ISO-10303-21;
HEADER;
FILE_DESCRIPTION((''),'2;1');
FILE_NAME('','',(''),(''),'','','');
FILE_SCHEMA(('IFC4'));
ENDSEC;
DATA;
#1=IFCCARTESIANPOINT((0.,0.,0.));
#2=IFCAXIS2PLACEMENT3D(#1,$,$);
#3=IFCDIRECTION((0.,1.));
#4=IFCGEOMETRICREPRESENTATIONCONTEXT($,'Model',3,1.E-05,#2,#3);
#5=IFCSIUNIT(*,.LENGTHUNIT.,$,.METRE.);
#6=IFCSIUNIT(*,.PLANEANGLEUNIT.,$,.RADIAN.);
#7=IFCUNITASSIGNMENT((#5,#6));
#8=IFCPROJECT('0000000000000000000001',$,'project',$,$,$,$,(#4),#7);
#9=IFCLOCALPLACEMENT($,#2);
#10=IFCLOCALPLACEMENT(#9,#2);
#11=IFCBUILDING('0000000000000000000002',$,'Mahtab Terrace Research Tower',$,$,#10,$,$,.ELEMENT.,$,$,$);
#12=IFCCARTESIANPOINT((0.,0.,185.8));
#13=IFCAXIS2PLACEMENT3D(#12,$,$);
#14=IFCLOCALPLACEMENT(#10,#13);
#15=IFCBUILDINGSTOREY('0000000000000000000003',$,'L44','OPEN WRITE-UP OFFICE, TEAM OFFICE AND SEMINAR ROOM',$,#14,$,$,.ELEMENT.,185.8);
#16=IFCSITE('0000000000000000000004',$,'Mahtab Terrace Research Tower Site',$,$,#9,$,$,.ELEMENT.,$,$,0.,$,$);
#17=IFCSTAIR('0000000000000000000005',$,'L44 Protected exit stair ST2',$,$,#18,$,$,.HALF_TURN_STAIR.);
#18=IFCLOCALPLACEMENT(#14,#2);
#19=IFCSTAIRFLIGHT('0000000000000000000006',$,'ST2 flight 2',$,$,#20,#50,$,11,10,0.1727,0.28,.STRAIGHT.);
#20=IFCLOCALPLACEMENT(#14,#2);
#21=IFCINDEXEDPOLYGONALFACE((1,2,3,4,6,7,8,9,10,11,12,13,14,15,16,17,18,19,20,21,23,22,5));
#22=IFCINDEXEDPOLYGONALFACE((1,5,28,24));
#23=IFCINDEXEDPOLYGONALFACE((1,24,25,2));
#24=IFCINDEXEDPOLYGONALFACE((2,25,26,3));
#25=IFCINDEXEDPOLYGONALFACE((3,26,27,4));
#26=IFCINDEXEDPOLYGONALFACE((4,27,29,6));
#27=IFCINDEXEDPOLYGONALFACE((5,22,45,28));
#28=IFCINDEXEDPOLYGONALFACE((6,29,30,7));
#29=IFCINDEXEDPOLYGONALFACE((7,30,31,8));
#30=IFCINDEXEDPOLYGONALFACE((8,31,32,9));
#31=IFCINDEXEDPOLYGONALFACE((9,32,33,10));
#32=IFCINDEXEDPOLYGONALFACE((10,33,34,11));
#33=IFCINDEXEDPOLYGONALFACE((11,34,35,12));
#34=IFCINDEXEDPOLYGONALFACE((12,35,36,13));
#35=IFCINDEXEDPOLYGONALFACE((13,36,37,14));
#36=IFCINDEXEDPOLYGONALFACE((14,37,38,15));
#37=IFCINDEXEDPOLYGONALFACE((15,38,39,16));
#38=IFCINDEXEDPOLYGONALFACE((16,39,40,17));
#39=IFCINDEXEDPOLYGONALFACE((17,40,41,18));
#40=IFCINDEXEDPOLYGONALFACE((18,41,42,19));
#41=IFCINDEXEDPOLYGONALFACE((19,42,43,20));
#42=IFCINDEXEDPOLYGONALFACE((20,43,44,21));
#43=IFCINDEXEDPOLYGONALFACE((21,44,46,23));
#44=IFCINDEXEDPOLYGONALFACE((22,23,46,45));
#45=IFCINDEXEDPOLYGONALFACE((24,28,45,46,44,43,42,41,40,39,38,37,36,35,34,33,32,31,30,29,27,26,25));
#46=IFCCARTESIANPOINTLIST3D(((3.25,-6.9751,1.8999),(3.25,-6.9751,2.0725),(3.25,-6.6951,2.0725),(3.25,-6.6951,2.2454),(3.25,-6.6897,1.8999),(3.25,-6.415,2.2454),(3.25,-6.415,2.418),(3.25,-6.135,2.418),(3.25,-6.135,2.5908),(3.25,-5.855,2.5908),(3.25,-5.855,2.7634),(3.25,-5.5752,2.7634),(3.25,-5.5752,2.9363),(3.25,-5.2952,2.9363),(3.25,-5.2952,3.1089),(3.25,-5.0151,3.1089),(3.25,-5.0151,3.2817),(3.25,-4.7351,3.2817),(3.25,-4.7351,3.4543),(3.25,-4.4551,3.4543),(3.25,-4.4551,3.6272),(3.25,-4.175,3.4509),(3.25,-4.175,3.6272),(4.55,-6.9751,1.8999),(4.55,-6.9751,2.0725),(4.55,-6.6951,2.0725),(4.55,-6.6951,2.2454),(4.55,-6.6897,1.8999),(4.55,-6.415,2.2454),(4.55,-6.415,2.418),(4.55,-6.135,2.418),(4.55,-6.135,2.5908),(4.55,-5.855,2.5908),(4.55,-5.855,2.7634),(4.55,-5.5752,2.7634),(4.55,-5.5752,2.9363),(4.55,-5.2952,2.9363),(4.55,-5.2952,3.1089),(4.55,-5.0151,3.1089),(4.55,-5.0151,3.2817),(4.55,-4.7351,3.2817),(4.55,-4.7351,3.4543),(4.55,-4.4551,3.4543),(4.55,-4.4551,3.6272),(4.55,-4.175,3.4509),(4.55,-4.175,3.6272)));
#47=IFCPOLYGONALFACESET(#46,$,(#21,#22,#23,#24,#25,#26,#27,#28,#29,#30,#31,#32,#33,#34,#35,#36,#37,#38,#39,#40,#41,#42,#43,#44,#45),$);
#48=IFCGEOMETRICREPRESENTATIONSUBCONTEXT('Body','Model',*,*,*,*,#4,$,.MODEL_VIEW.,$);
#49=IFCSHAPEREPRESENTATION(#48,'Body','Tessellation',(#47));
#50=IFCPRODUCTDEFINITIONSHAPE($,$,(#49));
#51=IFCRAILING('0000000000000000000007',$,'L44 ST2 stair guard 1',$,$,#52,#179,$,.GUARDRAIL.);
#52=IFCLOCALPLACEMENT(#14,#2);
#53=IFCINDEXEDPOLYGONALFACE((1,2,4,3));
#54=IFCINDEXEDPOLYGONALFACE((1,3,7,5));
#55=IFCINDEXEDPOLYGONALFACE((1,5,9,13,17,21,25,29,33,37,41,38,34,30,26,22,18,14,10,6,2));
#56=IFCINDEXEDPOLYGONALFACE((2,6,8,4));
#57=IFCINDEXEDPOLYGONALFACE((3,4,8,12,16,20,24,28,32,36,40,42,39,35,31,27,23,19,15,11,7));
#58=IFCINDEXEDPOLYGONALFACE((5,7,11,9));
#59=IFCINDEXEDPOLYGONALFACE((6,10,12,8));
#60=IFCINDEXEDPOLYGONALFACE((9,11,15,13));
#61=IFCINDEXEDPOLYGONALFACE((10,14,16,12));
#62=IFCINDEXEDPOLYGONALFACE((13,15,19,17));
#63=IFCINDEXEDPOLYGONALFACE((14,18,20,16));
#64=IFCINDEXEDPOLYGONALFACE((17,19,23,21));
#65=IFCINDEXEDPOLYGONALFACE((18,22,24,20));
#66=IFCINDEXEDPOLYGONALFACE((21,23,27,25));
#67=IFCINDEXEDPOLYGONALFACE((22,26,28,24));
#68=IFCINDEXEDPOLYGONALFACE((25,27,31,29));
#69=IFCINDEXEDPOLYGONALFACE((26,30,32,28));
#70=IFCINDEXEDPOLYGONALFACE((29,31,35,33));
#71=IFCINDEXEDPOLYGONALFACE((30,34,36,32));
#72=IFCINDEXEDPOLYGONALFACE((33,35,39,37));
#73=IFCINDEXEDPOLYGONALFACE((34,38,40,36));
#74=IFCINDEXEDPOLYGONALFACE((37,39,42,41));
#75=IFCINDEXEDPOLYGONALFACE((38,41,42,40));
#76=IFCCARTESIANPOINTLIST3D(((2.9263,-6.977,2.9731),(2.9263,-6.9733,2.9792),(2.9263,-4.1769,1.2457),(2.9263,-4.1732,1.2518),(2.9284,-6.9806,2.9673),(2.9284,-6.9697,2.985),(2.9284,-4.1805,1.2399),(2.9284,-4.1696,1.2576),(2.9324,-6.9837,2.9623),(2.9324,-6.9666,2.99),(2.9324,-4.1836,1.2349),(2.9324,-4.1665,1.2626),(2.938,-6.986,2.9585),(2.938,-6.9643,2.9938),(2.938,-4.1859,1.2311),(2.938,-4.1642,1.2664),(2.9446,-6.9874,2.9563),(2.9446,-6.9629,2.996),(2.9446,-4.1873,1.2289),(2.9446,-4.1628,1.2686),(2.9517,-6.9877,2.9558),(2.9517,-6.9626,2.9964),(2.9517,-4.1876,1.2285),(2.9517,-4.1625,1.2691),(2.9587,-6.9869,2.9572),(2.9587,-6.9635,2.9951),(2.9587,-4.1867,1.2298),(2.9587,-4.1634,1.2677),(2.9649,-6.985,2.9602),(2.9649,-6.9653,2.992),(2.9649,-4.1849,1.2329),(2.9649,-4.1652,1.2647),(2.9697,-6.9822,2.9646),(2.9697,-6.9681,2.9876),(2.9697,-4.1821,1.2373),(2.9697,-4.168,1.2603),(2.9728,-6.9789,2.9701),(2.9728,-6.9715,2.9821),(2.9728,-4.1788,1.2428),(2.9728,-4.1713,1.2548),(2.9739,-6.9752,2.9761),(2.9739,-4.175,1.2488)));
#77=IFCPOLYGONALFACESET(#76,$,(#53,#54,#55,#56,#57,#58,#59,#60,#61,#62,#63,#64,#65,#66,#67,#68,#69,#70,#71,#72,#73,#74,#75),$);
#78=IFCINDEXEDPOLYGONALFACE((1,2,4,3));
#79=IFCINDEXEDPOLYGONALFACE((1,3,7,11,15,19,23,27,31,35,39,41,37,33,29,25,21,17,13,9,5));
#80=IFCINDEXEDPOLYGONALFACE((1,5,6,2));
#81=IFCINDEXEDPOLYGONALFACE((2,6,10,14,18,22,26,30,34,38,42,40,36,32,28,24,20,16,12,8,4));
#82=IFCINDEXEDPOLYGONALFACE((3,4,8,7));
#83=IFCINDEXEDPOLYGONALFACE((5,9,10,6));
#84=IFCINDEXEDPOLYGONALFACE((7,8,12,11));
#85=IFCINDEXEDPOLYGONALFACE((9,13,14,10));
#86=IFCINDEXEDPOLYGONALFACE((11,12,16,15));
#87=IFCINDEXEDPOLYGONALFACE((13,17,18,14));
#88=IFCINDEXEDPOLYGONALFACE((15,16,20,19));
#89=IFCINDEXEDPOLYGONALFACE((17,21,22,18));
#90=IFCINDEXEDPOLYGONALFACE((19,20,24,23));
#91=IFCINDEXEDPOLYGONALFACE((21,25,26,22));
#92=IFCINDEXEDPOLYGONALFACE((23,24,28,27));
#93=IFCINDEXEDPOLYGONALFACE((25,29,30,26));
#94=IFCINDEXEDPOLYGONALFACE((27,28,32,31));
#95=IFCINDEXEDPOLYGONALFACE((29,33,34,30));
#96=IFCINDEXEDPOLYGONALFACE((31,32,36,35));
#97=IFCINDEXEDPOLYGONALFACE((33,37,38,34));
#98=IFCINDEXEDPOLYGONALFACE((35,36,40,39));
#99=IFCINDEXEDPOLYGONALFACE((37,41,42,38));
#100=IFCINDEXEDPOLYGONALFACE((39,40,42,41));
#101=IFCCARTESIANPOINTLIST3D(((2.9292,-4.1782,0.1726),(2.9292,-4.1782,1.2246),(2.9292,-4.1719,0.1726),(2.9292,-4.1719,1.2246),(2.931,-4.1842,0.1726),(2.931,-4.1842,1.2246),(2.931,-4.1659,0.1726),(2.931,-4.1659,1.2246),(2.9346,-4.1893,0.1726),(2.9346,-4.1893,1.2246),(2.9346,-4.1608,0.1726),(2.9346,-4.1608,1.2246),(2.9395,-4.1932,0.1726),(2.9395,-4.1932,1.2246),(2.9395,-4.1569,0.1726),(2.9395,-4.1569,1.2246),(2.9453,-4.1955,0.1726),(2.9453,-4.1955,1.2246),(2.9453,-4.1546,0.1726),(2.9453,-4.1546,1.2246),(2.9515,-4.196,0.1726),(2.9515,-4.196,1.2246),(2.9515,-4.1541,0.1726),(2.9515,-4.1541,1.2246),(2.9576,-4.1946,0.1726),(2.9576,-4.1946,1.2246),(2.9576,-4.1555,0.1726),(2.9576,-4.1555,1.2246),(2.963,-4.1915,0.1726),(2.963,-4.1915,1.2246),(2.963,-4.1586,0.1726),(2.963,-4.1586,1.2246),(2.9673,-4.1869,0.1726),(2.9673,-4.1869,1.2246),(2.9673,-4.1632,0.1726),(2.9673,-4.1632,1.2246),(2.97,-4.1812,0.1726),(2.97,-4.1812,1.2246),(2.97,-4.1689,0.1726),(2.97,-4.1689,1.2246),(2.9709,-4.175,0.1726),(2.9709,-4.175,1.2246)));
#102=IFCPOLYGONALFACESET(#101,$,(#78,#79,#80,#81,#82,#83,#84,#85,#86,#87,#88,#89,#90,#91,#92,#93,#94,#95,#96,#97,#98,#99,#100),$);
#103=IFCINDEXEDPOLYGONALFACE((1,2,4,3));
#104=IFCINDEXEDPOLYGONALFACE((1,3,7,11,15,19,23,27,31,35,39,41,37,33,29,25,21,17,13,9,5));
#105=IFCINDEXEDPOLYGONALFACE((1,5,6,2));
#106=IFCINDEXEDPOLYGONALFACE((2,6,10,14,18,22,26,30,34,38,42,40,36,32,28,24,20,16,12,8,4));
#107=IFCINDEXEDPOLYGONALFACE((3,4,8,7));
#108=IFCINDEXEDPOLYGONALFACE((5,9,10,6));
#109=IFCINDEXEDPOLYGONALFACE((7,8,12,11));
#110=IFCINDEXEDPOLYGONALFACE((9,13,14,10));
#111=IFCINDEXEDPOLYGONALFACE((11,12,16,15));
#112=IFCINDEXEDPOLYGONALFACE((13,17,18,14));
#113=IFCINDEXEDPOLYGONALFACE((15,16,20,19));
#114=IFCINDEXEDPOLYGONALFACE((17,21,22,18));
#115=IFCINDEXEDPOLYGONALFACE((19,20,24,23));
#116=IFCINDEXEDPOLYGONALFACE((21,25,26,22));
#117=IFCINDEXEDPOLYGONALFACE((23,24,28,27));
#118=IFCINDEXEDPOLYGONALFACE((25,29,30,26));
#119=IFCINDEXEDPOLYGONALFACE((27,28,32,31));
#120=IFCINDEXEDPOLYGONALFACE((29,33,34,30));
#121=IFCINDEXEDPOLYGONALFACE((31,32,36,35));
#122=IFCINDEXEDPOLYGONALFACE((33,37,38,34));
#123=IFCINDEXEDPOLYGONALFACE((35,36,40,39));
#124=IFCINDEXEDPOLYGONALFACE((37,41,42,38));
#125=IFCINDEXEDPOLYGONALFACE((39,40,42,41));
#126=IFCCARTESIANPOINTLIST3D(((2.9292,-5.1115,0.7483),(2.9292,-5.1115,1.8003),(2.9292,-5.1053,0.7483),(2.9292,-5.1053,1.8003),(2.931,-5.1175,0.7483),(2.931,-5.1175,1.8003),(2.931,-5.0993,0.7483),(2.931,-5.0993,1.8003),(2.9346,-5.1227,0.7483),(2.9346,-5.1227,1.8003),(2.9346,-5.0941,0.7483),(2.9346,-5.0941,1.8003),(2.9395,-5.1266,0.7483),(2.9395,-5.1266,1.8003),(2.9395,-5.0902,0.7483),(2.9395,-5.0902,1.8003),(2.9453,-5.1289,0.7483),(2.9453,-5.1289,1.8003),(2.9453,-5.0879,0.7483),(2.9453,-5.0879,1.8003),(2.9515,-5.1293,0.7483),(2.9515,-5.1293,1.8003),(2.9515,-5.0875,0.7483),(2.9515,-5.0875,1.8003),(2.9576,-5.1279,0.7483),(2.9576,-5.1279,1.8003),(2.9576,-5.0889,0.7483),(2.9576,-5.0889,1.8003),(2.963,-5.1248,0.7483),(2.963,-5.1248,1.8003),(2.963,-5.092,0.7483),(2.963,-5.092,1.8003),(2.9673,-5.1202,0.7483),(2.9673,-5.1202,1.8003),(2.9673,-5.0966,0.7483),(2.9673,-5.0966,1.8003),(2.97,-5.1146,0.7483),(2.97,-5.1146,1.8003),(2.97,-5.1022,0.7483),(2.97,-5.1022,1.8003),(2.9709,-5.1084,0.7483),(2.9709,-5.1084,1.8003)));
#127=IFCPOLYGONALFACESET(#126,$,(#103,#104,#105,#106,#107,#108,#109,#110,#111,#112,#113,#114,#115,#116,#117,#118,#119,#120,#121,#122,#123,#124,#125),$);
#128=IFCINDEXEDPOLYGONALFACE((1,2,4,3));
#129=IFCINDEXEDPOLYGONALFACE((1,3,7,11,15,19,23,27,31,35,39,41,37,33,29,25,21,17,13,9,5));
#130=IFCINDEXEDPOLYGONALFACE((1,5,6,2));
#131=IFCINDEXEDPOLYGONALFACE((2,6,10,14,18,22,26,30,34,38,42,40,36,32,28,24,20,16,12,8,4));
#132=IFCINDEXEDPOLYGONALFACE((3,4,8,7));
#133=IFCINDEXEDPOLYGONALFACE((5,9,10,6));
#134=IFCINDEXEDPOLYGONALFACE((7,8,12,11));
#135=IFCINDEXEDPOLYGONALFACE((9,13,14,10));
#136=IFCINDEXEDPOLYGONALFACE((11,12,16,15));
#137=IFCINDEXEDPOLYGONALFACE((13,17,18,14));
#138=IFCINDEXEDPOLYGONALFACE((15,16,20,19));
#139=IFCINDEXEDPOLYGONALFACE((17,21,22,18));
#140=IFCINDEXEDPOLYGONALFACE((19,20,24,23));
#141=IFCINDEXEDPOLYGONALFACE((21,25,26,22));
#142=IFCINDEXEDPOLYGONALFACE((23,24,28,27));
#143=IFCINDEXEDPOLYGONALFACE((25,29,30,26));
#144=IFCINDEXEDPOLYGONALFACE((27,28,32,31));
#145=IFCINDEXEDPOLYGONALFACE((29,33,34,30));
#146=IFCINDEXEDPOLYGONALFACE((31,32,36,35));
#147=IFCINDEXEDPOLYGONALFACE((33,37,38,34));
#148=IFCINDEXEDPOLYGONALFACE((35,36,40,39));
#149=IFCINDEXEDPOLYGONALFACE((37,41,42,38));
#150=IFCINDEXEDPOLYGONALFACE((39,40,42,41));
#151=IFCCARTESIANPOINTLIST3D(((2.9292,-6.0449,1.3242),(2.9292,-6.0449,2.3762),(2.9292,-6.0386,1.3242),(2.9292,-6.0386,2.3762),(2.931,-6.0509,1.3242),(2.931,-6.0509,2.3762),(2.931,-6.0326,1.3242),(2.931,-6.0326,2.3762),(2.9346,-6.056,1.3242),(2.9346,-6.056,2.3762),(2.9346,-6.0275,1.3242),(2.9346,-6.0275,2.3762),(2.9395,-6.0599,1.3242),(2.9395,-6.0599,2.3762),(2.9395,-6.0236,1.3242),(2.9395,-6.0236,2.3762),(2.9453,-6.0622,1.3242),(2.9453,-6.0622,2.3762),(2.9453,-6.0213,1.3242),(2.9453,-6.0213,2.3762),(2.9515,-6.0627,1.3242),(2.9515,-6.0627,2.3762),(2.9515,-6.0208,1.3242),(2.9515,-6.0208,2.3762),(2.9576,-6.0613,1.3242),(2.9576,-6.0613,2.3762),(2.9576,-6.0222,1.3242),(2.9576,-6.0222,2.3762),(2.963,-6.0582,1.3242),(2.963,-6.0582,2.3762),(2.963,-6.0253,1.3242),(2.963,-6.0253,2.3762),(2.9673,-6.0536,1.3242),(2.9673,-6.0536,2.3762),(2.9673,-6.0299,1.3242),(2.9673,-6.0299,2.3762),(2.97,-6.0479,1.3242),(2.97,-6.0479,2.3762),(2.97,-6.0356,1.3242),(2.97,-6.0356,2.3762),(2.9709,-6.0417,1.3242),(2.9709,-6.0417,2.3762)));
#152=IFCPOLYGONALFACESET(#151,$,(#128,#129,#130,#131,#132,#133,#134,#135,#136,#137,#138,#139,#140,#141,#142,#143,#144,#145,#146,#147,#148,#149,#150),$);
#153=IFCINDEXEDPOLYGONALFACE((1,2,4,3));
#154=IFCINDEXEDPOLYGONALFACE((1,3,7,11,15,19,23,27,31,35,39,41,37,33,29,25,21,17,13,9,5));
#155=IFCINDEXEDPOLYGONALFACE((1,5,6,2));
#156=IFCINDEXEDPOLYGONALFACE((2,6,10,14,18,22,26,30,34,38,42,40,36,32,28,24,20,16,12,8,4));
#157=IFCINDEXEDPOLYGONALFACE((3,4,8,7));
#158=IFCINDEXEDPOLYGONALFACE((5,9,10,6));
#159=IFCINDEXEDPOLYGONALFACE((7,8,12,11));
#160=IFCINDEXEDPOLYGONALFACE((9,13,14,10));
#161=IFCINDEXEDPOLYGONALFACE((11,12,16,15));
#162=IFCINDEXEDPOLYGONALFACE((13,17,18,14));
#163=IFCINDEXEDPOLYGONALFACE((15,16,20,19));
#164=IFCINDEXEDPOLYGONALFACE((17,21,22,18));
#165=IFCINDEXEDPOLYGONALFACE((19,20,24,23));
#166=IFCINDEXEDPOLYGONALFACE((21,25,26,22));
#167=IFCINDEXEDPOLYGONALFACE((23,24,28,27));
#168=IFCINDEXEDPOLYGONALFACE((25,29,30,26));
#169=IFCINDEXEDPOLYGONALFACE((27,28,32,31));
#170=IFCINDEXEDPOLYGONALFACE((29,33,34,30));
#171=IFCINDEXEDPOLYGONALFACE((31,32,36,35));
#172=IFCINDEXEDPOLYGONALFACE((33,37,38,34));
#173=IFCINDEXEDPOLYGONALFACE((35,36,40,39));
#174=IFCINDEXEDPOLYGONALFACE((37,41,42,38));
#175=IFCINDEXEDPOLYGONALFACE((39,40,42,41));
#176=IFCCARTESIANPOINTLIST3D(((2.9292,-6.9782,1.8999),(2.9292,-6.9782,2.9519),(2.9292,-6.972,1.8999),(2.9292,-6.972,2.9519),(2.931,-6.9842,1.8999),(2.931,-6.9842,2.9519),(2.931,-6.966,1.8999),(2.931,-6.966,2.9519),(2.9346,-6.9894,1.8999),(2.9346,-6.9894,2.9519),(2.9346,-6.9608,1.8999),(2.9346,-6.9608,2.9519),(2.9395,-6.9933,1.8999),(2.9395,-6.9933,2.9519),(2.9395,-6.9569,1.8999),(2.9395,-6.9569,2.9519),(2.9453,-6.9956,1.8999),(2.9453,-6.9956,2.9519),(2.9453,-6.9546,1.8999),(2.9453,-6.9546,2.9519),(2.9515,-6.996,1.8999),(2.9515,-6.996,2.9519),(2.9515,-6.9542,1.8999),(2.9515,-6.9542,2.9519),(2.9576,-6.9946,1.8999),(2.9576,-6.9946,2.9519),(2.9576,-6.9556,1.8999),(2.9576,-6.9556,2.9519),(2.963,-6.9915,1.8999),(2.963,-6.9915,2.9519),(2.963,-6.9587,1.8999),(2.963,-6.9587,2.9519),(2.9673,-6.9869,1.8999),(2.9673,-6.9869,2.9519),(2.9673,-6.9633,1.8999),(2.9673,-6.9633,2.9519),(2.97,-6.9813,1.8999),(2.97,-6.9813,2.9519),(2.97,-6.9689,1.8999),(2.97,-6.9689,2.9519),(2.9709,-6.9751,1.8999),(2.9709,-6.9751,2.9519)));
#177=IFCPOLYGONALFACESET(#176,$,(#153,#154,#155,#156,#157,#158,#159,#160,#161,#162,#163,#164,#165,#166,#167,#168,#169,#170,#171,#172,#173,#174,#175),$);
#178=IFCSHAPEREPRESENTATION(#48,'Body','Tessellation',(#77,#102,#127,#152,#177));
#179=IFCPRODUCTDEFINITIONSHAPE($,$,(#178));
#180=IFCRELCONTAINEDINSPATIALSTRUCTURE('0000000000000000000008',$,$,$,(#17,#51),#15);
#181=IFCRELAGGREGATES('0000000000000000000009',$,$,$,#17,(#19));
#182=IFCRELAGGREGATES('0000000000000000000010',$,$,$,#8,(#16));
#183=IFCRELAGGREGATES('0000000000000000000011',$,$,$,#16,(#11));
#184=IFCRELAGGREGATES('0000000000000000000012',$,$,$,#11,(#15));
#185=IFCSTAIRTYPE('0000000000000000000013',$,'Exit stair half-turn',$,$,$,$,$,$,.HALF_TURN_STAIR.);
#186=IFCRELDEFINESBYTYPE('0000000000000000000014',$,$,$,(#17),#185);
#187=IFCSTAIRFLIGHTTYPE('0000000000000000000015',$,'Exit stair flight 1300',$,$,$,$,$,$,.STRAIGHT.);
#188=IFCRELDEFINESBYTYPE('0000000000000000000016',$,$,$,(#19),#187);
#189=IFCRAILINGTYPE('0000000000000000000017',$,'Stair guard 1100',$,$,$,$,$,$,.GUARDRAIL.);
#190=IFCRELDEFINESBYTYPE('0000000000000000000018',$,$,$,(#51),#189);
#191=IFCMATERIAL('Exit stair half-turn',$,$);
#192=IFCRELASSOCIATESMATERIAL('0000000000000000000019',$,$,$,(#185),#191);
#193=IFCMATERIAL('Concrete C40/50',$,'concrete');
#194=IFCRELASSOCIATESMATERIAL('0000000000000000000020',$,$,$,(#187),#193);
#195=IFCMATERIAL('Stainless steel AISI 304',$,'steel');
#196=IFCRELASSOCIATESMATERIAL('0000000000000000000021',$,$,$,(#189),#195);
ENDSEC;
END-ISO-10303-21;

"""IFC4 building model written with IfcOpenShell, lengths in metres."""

from ifc_helpers import new_model, si_unit, direction, frame, origin, origin_2d, place, context, subcontext, project, spatial, polyline, circle, outline, extrude, material, type_object, element, aggregate, save


model = new_model("IFC4")

# Units and contexts
model_context = context("Model", 3, precision=1e-05, world=origin(), true_north=direction((0.0, 1.0)))
body_context = subcontext(model_context, "Body", "Model", "MODEL_VIEW")
ifc_project = project(units=[si_unit("LENGTHUNIT", "METRE"), si_unit("PLANEANGLEUNIT", "RADIAN")], contexts=[model_context])

# Site, building, storey
site_placement = place(None, origin())
site = spatial("IfcSite", under=ifc_project, at=site_placement, Name="Mahtab Terrace Research Tower Site", CompositionType="ELEMENT", RefElevation=0.0)
building_placement = place(site_placement, origin())
building = spatial("IfcBuilding", under=site, at=building_placement, Name="Mahtab Terrace Research Tower", CompositionType="ELEMENT")
storey_placement = place(building_placement, frame((0.0, 0.0, 185.8)))
storey = spatial("IfcBuildingStorey", under=building, at=storey_placement, Name="L44", Description="OPEN WRITE-UP OFFICE, TEAM OFFICE AND SEMINAR ROOM", CompositionType="ELEMENT", Elevation=185.8)

# Stair, stair flight
ifc_material_1 = material(Name="Exit stair half-turn")
stair_type = type_object("IfcStairType", Name="Exit stair half-turn", PredefinedType="HALF_TURN_STAIR", material=ifc_material_1)
stair_placement = place(storey_placement, origin())
stair = element("IfcStair", 1, at=stair_placement, inside=storey, type_object=stair_type, Name="L44 Protected exit stair ST2", PredefinedType="HALF_TURN_STAIR")
ifc_material_2 = material(Name="Concrete C40/50", Category="concrete")
stair_flight_type = type_object("IfcStairFlightType", Name="Exit stair flight 1300", PredefinedType="STRAIGHT", material=ifc_material_2)
stair_flight_1_placement = place(storey_placement, frame((3.8999, -6.9751, 1.8999), z_axis=(0.0, 0.0, 1.0), x_axis=(0.0, 1.0, 0.0)))
stair_flight_1 = element("IfcStairFlight", 2, at=stair_flight_1_placement, type_object=stair_flight_type, Name="ST2 flight 2", NumberOfRisers=11, NumberOfTreads=10, PredefinedType="STRAIGHT", RiserHeight=0.1727, TreadLength=0.28, context=body_context, shape_type="SweptSolid", body=[
    extrude(outline(polyline([(0.0, 0.0), (0.0, 0.1726), (0.28, 0.1726), (0.28, 0.3455), (0.5601, 0.3455), (0.5601, 0.5181), (0.8401, 0.5181), (0.8401, 0.6909), (1.1201, 0.6909), (1.1201, 0.8635), (1.3999, 0.8635), (1.3999, 1.0364), (1.6799, 1.0364), (1.6799, 1.209), (1.96, 1.209), (1.96, 1.3818), (2.24, 1.3818), (2.24, 1.5544), (2.52, 1.5544), (2.52, 1.7273), (2.8, 1.7273), (2.8, 1.8999), (2.8, 1.551), (0.2854, 0.0), (0.0, 0.0)])), frame((0.0, 0.6499, 0.0), z_axis=(0.0, -1.0, 0.0), x_axis=(1.0, 0.0, 0.0)), (0.0, 0.0, 1.0), 1.3),
])
aggregate(stair, [stair_flight_1])

# Railing
ifc_material_3 = material(Name="Stainless steel AISI 304", Category="steel")
railing_type_1 = type_object("IfcRailingType", Name="Stair guard 1100", PredefinedType="GUARDRAIL", material=ifc_material_3)
railing_1_placement = place(storey_placement, frame((2.95, -4.175, 0.1726)))
element("IfcRailing", 3, at=railing_1_placement, inside=storey, type_object=railing_type_1, Name="L44 ST2 stair guard 1", PredefinedType="GUARDRAIL", context=body_context, shape_type="SweptSolid", body=[
    extrude(circle(Radius=0.0239, at=origin_2d()), frame((0.0, 0.0, 1.0762), z_axis=(0.0, -0.85109, 0.52502), x_axis=(1.0, 0.0, 0.0)), (0.0, 0.0, 1.0), 3.29),
    extrude(circle(Radius=0.021, at=origin_2d()), origin(), (0.0, 0.0, 1.0), 1.052),
    extrude(circle(Radius=0.021, at=origin_2d()), frame((0.0, -0.9333, 0.5757)), (0.0, 0.0, 1.0), 1.052),
    extrude(circle(Radius=0.021, at=origin_2d()), frame((0.0, -1.8667, 1.1516)), (0.0, 0.0, 1.0), 1.052),
    extrude(circle(Radius=0.021, at=origin_2d()), frame((0.0, -2.8, 1.7273)), (0.0, 0.0, 1.0), 1.052),
])

save(model, "model.ifc")
